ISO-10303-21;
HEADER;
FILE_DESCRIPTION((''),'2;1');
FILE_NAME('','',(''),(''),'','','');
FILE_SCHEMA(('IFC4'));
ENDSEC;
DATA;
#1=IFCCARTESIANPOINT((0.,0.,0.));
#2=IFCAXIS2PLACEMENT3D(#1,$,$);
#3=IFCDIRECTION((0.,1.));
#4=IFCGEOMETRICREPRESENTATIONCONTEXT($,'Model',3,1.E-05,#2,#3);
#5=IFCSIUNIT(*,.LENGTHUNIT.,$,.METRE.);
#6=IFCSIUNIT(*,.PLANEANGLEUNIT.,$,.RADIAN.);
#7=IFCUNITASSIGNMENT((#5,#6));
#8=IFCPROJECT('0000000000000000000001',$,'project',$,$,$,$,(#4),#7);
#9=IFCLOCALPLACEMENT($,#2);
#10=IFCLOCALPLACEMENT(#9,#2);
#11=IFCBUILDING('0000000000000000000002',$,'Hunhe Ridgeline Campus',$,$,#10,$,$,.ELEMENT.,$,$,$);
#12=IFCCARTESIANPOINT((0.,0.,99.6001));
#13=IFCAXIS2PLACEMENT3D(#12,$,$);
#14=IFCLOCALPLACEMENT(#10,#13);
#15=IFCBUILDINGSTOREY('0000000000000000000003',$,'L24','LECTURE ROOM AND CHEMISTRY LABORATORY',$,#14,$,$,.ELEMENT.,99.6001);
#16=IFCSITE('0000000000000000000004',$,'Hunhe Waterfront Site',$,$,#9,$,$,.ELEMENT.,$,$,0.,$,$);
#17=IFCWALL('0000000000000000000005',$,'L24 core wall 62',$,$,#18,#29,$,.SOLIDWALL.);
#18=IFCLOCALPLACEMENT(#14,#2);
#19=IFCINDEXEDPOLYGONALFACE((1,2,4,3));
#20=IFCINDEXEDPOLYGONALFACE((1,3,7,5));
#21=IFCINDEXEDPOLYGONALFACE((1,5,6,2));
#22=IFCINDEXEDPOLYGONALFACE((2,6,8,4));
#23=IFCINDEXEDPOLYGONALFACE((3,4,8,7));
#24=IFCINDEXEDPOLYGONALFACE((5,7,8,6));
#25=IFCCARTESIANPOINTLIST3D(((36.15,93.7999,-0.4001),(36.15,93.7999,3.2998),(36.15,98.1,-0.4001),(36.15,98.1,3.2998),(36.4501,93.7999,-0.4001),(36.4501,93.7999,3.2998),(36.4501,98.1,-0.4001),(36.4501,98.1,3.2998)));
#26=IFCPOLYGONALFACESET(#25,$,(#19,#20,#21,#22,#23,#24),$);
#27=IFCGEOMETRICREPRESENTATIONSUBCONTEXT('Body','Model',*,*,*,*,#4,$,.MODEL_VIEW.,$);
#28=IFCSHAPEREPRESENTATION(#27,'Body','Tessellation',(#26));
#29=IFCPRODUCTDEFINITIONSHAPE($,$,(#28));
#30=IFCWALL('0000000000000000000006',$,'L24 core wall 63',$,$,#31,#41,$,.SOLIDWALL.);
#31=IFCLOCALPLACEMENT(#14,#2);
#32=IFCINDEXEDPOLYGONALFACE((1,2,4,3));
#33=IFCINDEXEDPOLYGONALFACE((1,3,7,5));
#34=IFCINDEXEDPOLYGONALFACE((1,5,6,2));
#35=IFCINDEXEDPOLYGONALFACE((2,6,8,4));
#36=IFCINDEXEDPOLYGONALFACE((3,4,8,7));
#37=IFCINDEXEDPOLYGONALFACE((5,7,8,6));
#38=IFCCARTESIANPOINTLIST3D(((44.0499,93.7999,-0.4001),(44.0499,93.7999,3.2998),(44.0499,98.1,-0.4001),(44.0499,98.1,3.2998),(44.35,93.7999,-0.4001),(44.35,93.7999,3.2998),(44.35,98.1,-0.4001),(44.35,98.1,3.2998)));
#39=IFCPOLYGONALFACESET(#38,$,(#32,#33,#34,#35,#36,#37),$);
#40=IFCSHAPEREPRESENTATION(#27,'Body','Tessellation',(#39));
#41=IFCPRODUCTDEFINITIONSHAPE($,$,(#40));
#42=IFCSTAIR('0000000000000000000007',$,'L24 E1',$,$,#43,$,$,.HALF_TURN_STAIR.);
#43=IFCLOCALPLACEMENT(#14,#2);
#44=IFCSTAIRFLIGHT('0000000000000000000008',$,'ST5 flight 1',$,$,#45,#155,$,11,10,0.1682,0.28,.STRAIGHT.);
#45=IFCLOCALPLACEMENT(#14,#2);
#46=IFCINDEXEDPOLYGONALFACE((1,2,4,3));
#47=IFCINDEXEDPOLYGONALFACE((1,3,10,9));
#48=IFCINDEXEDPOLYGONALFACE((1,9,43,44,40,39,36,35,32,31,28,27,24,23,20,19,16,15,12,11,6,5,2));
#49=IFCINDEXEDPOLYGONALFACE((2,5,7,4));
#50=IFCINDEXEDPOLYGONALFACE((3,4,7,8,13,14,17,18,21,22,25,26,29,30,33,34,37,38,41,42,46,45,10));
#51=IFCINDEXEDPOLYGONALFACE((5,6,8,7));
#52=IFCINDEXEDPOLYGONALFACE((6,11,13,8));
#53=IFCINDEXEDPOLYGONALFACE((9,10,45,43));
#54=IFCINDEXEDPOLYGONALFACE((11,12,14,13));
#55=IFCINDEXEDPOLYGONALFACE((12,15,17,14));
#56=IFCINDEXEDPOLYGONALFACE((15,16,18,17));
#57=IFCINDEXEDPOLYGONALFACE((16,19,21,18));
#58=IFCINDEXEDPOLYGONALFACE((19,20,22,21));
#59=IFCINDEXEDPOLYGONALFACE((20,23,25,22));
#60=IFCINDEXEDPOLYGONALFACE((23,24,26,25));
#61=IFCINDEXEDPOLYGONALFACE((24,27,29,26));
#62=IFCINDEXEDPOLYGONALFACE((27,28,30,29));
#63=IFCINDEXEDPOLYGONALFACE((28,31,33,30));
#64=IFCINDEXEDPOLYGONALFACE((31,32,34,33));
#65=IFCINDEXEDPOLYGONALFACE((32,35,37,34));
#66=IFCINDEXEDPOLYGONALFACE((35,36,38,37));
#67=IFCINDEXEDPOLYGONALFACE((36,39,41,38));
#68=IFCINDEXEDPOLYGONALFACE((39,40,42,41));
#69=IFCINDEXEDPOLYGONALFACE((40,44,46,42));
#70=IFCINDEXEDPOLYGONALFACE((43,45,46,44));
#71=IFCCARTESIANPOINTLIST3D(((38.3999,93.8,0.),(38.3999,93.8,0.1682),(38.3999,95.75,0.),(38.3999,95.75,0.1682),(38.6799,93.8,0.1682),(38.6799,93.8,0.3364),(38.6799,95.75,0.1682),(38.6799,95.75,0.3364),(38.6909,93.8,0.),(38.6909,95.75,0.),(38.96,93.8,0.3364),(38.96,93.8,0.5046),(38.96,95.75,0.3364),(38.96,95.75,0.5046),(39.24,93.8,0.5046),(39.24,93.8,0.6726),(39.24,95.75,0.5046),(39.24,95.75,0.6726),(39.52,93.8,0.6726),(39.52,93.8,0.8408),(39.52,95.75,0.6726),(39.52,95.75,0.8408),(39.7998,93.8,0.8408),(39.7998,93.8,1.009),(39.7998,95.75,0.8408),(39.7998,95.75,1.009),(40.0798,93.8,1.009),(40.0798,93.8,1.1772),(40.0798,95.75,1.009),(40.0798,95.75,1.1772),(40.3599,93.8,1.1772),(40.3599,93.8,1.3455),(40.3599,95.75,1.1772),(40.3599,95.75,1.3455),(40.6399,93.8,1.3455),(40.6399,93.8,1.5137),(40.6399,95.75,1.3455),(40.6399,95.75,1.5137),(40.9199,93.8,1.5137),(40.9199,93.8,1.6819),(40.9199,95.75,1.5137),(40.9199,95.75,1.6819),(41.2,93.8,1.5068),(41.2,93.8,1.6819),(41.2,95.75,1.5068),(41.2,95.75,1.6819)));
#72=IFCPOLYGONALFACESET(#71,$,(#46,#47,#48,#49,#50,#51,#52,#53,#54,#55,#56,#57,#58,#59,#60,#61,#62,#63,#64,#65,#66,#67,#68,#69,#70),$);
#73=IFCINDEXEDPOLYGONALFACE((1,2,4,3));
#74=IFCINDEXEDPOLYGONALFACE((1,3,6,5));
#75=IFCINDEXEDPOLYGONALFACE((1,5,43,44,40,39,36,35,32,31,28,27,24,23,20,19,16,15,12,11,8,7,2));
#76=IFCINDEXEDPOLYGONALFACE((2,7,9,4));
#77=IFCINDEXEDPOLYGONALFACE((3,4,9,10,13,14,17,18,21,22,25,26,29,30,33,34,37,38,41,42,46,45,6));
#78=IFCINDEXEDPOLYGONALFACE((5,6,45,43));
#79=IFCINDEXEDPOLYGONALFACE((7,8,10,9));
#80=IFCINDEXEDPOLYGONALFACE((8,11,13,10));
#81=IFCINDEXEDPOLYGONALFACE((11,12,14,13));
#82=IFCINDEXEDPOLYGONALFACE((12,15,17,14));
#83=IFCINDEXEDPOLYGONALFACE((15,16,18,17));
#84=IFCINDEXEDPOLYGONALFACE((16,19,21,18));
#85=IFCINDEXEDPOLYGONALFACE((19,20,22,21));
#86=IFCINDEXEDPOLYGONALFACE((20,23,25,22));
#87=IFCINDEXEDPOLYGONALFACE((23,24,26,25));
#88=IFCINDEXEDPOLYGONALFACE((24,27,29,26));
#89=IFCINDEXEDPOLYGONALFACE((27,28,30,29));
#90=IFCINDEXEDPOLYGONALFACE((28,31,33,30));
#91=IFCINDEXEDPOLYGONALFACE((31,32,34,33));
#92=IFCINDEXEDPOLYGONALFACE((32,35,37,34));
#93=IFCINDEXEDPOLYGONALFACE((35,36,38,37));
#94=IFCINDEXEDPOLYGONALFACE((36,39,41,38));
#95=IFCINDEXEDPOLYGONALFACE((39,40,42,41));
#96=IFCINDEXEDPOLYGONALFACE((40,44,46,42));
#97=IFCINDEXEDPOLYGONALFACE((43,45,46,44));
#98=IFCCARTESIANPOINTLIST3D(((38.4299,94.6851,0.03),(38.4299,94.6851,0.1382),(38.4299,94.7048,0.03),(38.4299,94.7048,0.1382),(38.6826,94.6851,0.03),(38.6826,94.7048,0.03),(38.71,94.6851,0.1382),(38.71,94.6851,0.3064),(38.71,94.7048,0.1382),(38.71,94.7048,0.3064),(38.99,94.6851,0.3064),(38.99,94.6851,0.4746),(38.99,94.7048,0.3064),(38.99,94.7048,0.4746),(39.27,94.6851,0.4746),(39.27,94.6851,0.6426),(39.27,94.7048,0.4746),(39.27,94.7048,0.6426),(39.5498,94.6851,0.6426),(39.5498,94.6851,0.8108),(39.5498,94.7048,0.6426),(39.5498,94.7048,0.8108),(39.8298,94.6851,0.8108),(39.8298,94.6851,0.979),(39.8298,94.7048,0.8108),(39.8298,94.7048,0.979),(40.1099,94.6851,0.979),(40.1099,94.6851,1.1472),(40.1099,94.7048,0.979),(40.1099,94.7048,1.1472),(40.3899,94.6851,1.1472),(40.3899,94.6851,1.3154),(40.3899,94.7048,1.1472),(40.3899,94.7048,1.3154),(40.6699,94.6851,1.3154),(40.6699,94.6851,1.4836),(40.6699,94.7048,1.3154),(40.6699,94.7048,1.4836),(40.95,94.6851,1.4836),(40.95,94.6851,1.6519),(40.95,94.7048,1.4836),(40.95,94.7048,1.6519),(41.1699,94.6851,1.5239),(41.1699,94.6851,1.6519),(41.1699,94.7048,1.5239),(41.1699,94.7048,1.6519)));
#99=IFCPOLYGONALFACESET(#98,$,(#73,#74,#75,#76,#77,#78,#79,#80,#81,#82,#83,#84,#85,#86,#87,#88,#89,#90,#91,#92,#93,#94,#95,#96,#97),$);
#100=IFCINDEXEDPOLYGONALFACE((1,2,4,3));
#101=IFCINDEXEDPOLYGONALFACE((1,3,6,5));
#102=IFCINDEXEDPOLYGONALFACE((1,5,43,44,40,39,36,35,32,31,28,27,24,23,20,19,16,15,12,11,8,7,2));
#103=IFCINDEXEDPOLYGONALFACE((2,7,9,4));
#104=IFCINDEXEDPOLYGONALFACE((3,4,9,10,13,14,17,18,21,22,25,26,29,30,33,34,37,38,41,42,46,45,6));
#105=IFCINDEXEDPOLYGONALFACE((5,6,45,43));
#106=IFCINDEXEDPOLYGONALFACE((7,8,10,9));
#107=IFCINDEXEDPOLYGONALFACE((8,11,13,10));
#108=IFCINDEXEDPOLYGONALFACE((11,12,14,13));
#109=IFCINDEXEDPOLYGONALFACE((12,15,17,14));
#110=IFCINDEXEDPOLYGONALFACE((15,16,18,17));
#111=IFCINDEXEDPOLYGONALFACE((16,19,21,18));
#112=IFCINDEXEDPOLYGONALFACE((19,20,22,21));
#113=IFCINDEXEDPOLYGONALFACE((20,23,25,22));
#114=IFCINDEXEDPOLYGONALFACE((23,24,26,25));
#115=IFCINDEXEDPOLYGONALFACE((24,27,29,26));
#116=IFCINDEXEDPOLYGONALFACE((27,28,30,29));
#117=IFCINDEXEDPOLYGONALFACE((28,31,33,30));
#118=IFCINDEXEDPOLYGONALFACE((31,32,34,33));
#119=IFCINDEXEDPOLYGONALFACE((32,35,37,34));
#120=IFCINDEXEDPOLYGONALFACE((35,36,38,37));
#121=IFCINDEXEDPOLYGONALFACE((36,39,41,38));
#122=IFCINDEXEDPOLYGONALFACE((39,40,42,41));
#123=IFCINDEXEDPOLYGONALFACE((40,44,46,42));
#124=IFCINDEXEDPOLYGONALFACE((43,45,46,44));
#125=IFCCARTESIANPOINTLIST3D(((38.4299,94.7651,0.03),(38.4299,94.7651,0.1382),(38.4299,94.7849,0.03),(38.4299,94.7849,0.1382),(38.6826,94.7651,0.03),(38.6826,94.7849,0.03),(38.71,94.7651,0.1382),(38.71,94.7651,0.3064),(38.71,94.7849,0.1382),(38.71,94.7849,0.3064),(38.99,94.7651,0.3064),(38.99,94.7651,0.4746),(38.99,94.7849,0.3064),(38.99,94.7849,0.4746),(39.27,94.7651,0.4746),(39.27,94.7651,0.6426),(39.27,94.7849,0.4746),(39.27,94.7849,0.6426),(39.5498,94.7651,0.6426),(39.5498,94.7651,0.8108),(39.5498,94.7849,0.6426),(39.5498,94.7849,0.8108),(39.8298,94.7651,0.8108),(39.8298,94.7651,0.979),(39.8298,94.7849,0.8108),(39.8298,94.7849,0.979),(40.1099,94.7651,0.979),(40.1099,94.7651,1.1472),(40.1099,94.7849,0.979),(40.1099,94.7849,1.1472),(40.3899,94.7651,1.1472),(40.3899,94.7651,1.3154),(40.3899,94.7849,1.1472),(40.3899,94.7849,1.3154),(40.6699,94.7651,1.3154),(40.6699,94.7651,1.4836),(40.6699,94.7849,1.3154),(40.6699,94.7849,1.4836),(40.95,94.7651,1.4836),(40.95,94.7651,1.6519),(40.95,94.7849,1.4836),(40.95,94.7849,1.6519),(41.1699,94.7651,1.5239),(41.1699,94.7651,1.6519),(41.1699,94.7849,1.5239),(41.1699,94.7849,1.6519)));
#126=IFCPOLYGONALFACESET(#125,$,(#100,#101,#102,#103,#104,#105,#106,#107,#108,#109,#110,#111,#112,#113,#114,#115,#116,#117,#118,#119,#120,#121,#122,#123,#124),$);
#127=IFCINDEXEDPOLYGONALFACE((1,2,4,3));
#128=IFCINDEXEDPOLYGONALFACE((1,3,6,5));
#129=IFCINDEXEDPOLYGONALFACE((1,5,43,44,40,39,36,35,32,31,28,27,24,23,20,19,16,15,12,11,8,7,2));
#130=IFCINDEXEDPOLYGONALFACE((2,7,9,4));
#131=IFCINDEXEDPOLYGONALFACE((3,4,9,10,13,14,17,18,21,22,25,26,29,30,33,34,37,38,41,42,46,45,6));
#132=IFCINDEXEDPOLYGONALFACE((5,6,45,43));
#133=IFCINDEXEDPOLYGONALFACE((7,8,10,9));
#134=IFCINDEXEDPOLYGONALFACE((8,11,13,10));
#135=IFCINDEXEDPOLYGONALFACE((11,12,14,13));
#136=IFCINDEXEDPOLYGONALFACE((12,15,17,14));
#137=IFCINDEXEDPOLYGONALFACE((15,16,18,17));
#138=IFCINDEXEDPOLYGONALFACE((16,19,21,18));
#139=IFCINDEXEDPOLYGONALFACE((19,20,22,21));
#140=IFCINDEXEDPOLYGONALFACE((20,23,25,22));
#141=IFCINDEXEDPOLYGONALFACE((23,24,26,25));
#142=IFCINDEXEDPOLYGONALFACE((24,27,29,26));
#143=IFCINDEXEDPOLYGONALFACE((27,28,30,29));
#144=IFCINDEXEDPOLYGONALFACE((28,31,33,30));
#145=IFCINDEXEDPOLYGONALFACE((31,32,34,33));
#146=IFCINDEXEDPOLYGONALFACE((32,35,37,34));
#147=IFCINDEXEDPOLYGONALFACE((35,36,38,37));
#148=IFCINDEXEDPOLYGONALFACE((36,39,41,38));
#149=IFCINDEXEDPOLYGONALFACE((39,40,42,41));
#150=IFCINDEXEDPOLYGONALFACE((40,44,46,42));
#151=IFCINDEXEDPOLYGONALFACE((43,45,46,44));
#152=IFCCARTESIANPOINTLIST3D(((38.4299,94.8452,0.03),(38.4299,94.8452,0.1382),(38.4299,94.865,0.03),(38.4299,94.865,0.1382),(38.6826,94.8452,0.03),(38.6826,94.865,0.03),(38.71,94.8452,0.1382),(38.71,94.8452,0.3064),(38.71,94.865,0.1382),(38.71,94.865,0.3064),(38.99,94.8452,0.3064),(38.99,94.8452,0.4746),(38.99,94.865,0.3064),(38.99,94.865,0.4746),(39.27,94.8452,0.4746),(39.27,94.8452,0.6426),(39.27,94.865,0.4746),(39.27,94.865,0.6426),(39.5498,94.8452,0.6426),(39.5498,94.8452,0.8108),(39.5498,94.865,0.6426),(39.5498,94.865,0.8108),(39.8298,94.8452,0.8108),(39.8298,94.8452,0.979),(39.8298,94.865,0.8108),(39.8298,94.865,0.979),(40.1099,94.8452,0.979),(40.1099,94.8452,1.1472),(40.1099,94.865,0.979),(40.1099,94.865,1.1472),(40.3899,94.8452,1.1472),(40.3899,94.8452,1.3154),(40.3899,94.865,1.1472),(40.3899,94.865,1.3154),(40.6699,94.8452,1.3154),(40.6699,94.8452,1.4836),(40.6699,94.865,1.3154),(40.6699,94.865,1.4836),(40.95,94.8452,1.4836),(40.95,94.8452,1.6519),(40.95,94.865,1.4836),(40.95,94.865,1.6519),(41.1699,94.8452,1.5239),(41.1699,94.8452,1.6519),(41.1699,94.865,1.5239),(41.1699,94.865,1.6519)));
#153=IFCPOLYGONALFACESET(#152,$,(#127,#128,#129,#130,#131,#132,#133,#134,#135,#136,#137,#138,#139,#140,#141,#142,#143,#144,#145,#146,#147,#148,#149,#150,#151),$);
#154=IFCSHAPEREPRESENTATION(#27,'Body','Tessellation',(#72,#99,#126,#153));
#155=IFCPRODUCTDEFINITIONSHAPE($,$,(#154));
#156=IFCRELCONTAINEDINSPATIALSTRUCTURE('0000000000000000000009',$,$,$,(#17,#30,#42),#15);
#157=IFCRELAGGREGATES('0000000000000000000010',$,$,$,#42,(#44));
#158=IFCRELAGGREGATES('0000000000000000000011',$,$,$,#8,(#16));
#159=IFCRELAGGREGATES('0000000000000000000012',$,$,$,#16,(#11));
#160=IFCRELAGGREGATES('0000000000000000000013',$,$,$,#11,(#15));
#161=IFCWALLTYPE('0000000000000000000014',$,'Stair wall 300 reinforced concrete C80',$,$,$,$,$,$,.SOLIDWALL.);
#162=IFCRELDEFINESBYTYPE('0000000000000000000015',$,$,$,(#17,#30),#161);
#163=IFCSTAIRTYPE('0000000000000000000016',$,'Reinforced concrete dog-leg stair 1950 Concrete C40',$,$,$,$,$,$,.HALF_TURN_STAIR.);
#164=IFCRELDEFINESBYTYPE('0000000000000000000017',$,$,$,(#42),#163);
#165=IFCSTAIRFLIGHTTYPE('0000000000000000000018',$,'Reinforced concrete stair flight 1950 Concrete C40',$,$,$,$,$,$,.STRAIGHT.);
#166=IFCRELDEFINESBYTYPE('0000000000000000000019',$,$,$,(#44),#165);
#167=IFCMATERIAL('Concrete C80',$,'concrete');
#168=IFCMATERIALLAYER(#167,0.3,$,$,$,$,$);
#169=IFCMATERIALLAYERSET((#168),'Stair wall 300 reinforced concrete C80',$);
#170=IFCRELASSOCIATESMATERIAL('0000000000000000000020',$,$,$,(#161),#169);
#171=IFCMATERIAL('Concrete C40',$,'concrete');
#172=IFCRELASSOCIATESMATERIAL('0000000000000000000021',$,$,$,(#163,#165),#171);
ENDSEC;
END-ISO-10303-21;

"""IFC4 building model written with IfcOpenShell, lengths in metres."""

from ifc_helpers import new_model, si_unit, direction, frame, frame_2d, origin, place, context, subcontext, project, spatial, polyline, rectangle, outline, extrude, material, layer, layer_set, type_object, element, aggregate, save


model = new_model("IFC4")

# Units and contexts
model_context = context("Model", 3, precision=1e-05, world=origin(), true_north=direction((0.0, 1.0)))
body_context = subcontext(model_context, "Body", "Model", "MODEL_VIEW")
ifc_project = project(units=[si_unit("LENGTHUNIT", "METRE"), si_unit("PLANEANGLEUNIT", "RADIAN")], contexts=[model_context])

# Site, building, storey
site_placement = place(None, origin())
site = spatial("IfcSite", under=ifc_project, at=site_placement, Name="Hunhe Waterfront Site", CompositionType="ELEMENT", RefElevation=0.0)
building_placement = place(site_placement, origin())
building = spatial("IfcBuilding", under=site, at=building_placement, Name="Hunhe Ridgeline Campus", CompositionType="ELEMENT")
storey_placement = place(building_placement, frame((0.0, 0.0, 99.6001)))
storey = spatial("IfcBuildingStorey", under=building, at=storey_placement, Name="L24", Description="LECTURE ROOM AND CHEMISTRY LABORATORY", CompositionType="ELEMENT", Elevation=99.6001)

# Shared definitions
ifc_material_1 = material(Name="Concrete C80", Category="concrete")

# Shared definitions
ifc_layer_1 = layer(ifc_material_1, 0.3)
ifc_layer_set_1 = layer_set([ifc_layer_1], Name="Stair wall 300 reinforced concrete C80")
wall_type_1 = type_object("IfcWallType", Name="Stair wall 300 reinforced concrete C80", PredefinedType="SOLIDWALL", material=ifc_layer_set_1)

# Walls
for number, where, z_axis, x_axis, name in (
    (1, (36.3, 93.8, -0.4001), (0.0, 0.0, 1.0), (0.0, 1.0, 0.0), "L24 core wall 62"),
    (2, (44.2, 93.8, -0.4001), (0.0, 0.0, 1.0), (0.0, 1.0, 0.0), "L24 core wall 63"),
):
    element("IfcWall", number, at=place(storey_placement, frame(where, z_axis=z_axis, x_axis=x_axis)), inside=storey, type_object=wall_type_1, Name=name, PredefinedType="SOLIDWALL", context=body_context, shape_type="SweptSolid", body=[
        extrude(rectangle(XDim=4.3, YDim=0.3, at=frame_2d((2.1499, 0.0))), origin(), (0.0, 0.0, 1.0), 3.7),
    ])

# Stair, stair flight
ifc_material_2 = material(Name="Concrete C40", Category="concrete")
stair_type = type_object("IfcStairType", Name="Reinforced concrete dog-leg stair 1950 Concrete C40", PredefinedType="HALF_TURN_STAIR", material=ifc_material_2)
stair_placement = place(storey_placement, origin())
stair = element("IfcStair", 3, at=stair_placement, inside=storey, type_object=stair_type, Name="L24 E1", PredefinedType="HALF_TURN_STAIR")
stair_flight_type = type_object("IfcStairFlightType", Name="Reinforced concrete stair flight 1950 Concrete C40", PredefinedType="STRAIGHT", material=ifc_material_2)
stair_flight_1_placement = place(storey_placement, frame((38.3999, 94.7749, 0.0), z_axis=(0.0, 0.0, 1.0), x_axis=(1.0, 0.0, 0.0)))
stair_flight_1 = element("IfcStairFlight", 4, at=stair_flight_1_placement, type_object=stair_flight_type, Name="ST5 flight 1", NumberOfRisers=11, NumberOfTreads=10, PredefinedType="STRAIGHT", RiserHeight=0.1682, TreadLength=0.28, context=body_context, shape_type="SweptSolid", body=[
    extrude(outline(polyline([(0.0, 0.0), (0.0, 0.1682), (0.28, 0.1682), (0.28, 0.3364), (0.5601, 0.3364), (0.5601, 0.5046), (0.8401, 0.5046), (0.8401, 0.6726), (1.1201, 0.6726), (1.1201, 0.8408), (1.3999, 0.8408), (1.3999, 1.009), (1.6799, 1.009), (1.6799, 1.1772), (1.96, 1.1772), (1.96, 1.3455), (2.24, 1.3455), (2.24, 1.5137), (2.52, 1.5137), (2.52, 1.6819), (2.8, 1.6819), (2.8, 1.8501), (2.8, 1.5068), (0.291, 0.0), (0.0, 0.0)])), frame((0.0, 0.9751, 0.0), z_axis=(0.0, -1.0, 0.0), x_axis=(1.0, 0.0, 0.0)), (0.0, 0.0, 1.0), 1.95),
    extrude(outline(polyline([(0.03, 0.03), (0.03, 0.1382), (0.3101, 0.1382), (0.3101, 0.3064), (0.5901, 0.3064), (0.5901, 0.4746), (0.8701, 0.4746), (0.8701, 0.6426), (1.1499, 0.6426), (1.1499, 0.8108), (1.4299, 0.8108), (1.4299, 0.979), (1.71, 0.979), (1.71, 1.1472), (1.99, 1.1472), (1.99, 1.3154), (2.27, 1.3154), (2.27, 1.4836), (2.55, 1.4836), (2.55, 1.6519), (2.77, 1.6519), (2.77, 1.5239), (0.2827, 0.03), (0.03, 0.03)])), frame((0.0, -0.0701, 0.0), z_axis=(0.0, -1.0, 0.0), x_axis=(1.0, 0.0, 0.0)), (0.0, 0.0, 1.0), 0.0198),
    extrude(outline(polyline([(0.03, 0.03), (0.03, 0.1382), (0.3101, 0.1382), (0.3101, 0.3064), (0.5901, 0.3064), (0.5901, 0.4746), (0.8701, 0.4746), (0.8701, 0.6426), (1.1499, 0.6426), (1.1499, 0.8108), (1.4299, 0.8108), (1.4299, 0.979), (1.71, 0.979), (1.71, 1.1472), (1.99, 1.1472), (1.99, 1.3154), (2.27, 1.3154), (2.27, 1.4836), (2.55, 1.4836), (2.55, 1.6519), (2.77, 1.6519), (2.77, 1.5239), (0.2827, 0.03), (0.03, 0.03)])), frame((0.0, 0.01, 0.0), z_axis=(0.0, -1.0, 0.0), x_axis=(1.0, 0.0, 0.0)), (0.0, 0.0, 1.0), 0.0198),
    extrude(outline(polyline([(0.03, 0.03), (0.03, 0.1382), (0.3101, 0.1382), (0.3101, 0.3064), (0.5901, 0.3064), (0.5901, 0.4746), (0.8701, 0.4746), (0.8701, 0.6426), (1.1499, 0.6426), (1.1499, 0.8108), (1.4299, 0.8108), (1.4299, 0.979), (1.71, 0.979), (1.71, 1.1472), (1.99, 1.1472), (1.99, 1.3154), (2.27, 1.3154), (2.27, 1.4836), (2.55, 1.4836), (2.55, 1.6519), (2.77, 1.6519), (2.77, 1.5239), (0.2827, 0.03), (0.03, 0.03)])), frame((0.0, 0.0901, 0.0), z_axis=(0.0, -1.0, 0.0), x_axis=(1.0, 0.0, 0.0)), (0.0, 0.0, 1.0), 0.0198),
])
aggregate(stair, [stair_flight_1])

save(model, "model.ifc")
